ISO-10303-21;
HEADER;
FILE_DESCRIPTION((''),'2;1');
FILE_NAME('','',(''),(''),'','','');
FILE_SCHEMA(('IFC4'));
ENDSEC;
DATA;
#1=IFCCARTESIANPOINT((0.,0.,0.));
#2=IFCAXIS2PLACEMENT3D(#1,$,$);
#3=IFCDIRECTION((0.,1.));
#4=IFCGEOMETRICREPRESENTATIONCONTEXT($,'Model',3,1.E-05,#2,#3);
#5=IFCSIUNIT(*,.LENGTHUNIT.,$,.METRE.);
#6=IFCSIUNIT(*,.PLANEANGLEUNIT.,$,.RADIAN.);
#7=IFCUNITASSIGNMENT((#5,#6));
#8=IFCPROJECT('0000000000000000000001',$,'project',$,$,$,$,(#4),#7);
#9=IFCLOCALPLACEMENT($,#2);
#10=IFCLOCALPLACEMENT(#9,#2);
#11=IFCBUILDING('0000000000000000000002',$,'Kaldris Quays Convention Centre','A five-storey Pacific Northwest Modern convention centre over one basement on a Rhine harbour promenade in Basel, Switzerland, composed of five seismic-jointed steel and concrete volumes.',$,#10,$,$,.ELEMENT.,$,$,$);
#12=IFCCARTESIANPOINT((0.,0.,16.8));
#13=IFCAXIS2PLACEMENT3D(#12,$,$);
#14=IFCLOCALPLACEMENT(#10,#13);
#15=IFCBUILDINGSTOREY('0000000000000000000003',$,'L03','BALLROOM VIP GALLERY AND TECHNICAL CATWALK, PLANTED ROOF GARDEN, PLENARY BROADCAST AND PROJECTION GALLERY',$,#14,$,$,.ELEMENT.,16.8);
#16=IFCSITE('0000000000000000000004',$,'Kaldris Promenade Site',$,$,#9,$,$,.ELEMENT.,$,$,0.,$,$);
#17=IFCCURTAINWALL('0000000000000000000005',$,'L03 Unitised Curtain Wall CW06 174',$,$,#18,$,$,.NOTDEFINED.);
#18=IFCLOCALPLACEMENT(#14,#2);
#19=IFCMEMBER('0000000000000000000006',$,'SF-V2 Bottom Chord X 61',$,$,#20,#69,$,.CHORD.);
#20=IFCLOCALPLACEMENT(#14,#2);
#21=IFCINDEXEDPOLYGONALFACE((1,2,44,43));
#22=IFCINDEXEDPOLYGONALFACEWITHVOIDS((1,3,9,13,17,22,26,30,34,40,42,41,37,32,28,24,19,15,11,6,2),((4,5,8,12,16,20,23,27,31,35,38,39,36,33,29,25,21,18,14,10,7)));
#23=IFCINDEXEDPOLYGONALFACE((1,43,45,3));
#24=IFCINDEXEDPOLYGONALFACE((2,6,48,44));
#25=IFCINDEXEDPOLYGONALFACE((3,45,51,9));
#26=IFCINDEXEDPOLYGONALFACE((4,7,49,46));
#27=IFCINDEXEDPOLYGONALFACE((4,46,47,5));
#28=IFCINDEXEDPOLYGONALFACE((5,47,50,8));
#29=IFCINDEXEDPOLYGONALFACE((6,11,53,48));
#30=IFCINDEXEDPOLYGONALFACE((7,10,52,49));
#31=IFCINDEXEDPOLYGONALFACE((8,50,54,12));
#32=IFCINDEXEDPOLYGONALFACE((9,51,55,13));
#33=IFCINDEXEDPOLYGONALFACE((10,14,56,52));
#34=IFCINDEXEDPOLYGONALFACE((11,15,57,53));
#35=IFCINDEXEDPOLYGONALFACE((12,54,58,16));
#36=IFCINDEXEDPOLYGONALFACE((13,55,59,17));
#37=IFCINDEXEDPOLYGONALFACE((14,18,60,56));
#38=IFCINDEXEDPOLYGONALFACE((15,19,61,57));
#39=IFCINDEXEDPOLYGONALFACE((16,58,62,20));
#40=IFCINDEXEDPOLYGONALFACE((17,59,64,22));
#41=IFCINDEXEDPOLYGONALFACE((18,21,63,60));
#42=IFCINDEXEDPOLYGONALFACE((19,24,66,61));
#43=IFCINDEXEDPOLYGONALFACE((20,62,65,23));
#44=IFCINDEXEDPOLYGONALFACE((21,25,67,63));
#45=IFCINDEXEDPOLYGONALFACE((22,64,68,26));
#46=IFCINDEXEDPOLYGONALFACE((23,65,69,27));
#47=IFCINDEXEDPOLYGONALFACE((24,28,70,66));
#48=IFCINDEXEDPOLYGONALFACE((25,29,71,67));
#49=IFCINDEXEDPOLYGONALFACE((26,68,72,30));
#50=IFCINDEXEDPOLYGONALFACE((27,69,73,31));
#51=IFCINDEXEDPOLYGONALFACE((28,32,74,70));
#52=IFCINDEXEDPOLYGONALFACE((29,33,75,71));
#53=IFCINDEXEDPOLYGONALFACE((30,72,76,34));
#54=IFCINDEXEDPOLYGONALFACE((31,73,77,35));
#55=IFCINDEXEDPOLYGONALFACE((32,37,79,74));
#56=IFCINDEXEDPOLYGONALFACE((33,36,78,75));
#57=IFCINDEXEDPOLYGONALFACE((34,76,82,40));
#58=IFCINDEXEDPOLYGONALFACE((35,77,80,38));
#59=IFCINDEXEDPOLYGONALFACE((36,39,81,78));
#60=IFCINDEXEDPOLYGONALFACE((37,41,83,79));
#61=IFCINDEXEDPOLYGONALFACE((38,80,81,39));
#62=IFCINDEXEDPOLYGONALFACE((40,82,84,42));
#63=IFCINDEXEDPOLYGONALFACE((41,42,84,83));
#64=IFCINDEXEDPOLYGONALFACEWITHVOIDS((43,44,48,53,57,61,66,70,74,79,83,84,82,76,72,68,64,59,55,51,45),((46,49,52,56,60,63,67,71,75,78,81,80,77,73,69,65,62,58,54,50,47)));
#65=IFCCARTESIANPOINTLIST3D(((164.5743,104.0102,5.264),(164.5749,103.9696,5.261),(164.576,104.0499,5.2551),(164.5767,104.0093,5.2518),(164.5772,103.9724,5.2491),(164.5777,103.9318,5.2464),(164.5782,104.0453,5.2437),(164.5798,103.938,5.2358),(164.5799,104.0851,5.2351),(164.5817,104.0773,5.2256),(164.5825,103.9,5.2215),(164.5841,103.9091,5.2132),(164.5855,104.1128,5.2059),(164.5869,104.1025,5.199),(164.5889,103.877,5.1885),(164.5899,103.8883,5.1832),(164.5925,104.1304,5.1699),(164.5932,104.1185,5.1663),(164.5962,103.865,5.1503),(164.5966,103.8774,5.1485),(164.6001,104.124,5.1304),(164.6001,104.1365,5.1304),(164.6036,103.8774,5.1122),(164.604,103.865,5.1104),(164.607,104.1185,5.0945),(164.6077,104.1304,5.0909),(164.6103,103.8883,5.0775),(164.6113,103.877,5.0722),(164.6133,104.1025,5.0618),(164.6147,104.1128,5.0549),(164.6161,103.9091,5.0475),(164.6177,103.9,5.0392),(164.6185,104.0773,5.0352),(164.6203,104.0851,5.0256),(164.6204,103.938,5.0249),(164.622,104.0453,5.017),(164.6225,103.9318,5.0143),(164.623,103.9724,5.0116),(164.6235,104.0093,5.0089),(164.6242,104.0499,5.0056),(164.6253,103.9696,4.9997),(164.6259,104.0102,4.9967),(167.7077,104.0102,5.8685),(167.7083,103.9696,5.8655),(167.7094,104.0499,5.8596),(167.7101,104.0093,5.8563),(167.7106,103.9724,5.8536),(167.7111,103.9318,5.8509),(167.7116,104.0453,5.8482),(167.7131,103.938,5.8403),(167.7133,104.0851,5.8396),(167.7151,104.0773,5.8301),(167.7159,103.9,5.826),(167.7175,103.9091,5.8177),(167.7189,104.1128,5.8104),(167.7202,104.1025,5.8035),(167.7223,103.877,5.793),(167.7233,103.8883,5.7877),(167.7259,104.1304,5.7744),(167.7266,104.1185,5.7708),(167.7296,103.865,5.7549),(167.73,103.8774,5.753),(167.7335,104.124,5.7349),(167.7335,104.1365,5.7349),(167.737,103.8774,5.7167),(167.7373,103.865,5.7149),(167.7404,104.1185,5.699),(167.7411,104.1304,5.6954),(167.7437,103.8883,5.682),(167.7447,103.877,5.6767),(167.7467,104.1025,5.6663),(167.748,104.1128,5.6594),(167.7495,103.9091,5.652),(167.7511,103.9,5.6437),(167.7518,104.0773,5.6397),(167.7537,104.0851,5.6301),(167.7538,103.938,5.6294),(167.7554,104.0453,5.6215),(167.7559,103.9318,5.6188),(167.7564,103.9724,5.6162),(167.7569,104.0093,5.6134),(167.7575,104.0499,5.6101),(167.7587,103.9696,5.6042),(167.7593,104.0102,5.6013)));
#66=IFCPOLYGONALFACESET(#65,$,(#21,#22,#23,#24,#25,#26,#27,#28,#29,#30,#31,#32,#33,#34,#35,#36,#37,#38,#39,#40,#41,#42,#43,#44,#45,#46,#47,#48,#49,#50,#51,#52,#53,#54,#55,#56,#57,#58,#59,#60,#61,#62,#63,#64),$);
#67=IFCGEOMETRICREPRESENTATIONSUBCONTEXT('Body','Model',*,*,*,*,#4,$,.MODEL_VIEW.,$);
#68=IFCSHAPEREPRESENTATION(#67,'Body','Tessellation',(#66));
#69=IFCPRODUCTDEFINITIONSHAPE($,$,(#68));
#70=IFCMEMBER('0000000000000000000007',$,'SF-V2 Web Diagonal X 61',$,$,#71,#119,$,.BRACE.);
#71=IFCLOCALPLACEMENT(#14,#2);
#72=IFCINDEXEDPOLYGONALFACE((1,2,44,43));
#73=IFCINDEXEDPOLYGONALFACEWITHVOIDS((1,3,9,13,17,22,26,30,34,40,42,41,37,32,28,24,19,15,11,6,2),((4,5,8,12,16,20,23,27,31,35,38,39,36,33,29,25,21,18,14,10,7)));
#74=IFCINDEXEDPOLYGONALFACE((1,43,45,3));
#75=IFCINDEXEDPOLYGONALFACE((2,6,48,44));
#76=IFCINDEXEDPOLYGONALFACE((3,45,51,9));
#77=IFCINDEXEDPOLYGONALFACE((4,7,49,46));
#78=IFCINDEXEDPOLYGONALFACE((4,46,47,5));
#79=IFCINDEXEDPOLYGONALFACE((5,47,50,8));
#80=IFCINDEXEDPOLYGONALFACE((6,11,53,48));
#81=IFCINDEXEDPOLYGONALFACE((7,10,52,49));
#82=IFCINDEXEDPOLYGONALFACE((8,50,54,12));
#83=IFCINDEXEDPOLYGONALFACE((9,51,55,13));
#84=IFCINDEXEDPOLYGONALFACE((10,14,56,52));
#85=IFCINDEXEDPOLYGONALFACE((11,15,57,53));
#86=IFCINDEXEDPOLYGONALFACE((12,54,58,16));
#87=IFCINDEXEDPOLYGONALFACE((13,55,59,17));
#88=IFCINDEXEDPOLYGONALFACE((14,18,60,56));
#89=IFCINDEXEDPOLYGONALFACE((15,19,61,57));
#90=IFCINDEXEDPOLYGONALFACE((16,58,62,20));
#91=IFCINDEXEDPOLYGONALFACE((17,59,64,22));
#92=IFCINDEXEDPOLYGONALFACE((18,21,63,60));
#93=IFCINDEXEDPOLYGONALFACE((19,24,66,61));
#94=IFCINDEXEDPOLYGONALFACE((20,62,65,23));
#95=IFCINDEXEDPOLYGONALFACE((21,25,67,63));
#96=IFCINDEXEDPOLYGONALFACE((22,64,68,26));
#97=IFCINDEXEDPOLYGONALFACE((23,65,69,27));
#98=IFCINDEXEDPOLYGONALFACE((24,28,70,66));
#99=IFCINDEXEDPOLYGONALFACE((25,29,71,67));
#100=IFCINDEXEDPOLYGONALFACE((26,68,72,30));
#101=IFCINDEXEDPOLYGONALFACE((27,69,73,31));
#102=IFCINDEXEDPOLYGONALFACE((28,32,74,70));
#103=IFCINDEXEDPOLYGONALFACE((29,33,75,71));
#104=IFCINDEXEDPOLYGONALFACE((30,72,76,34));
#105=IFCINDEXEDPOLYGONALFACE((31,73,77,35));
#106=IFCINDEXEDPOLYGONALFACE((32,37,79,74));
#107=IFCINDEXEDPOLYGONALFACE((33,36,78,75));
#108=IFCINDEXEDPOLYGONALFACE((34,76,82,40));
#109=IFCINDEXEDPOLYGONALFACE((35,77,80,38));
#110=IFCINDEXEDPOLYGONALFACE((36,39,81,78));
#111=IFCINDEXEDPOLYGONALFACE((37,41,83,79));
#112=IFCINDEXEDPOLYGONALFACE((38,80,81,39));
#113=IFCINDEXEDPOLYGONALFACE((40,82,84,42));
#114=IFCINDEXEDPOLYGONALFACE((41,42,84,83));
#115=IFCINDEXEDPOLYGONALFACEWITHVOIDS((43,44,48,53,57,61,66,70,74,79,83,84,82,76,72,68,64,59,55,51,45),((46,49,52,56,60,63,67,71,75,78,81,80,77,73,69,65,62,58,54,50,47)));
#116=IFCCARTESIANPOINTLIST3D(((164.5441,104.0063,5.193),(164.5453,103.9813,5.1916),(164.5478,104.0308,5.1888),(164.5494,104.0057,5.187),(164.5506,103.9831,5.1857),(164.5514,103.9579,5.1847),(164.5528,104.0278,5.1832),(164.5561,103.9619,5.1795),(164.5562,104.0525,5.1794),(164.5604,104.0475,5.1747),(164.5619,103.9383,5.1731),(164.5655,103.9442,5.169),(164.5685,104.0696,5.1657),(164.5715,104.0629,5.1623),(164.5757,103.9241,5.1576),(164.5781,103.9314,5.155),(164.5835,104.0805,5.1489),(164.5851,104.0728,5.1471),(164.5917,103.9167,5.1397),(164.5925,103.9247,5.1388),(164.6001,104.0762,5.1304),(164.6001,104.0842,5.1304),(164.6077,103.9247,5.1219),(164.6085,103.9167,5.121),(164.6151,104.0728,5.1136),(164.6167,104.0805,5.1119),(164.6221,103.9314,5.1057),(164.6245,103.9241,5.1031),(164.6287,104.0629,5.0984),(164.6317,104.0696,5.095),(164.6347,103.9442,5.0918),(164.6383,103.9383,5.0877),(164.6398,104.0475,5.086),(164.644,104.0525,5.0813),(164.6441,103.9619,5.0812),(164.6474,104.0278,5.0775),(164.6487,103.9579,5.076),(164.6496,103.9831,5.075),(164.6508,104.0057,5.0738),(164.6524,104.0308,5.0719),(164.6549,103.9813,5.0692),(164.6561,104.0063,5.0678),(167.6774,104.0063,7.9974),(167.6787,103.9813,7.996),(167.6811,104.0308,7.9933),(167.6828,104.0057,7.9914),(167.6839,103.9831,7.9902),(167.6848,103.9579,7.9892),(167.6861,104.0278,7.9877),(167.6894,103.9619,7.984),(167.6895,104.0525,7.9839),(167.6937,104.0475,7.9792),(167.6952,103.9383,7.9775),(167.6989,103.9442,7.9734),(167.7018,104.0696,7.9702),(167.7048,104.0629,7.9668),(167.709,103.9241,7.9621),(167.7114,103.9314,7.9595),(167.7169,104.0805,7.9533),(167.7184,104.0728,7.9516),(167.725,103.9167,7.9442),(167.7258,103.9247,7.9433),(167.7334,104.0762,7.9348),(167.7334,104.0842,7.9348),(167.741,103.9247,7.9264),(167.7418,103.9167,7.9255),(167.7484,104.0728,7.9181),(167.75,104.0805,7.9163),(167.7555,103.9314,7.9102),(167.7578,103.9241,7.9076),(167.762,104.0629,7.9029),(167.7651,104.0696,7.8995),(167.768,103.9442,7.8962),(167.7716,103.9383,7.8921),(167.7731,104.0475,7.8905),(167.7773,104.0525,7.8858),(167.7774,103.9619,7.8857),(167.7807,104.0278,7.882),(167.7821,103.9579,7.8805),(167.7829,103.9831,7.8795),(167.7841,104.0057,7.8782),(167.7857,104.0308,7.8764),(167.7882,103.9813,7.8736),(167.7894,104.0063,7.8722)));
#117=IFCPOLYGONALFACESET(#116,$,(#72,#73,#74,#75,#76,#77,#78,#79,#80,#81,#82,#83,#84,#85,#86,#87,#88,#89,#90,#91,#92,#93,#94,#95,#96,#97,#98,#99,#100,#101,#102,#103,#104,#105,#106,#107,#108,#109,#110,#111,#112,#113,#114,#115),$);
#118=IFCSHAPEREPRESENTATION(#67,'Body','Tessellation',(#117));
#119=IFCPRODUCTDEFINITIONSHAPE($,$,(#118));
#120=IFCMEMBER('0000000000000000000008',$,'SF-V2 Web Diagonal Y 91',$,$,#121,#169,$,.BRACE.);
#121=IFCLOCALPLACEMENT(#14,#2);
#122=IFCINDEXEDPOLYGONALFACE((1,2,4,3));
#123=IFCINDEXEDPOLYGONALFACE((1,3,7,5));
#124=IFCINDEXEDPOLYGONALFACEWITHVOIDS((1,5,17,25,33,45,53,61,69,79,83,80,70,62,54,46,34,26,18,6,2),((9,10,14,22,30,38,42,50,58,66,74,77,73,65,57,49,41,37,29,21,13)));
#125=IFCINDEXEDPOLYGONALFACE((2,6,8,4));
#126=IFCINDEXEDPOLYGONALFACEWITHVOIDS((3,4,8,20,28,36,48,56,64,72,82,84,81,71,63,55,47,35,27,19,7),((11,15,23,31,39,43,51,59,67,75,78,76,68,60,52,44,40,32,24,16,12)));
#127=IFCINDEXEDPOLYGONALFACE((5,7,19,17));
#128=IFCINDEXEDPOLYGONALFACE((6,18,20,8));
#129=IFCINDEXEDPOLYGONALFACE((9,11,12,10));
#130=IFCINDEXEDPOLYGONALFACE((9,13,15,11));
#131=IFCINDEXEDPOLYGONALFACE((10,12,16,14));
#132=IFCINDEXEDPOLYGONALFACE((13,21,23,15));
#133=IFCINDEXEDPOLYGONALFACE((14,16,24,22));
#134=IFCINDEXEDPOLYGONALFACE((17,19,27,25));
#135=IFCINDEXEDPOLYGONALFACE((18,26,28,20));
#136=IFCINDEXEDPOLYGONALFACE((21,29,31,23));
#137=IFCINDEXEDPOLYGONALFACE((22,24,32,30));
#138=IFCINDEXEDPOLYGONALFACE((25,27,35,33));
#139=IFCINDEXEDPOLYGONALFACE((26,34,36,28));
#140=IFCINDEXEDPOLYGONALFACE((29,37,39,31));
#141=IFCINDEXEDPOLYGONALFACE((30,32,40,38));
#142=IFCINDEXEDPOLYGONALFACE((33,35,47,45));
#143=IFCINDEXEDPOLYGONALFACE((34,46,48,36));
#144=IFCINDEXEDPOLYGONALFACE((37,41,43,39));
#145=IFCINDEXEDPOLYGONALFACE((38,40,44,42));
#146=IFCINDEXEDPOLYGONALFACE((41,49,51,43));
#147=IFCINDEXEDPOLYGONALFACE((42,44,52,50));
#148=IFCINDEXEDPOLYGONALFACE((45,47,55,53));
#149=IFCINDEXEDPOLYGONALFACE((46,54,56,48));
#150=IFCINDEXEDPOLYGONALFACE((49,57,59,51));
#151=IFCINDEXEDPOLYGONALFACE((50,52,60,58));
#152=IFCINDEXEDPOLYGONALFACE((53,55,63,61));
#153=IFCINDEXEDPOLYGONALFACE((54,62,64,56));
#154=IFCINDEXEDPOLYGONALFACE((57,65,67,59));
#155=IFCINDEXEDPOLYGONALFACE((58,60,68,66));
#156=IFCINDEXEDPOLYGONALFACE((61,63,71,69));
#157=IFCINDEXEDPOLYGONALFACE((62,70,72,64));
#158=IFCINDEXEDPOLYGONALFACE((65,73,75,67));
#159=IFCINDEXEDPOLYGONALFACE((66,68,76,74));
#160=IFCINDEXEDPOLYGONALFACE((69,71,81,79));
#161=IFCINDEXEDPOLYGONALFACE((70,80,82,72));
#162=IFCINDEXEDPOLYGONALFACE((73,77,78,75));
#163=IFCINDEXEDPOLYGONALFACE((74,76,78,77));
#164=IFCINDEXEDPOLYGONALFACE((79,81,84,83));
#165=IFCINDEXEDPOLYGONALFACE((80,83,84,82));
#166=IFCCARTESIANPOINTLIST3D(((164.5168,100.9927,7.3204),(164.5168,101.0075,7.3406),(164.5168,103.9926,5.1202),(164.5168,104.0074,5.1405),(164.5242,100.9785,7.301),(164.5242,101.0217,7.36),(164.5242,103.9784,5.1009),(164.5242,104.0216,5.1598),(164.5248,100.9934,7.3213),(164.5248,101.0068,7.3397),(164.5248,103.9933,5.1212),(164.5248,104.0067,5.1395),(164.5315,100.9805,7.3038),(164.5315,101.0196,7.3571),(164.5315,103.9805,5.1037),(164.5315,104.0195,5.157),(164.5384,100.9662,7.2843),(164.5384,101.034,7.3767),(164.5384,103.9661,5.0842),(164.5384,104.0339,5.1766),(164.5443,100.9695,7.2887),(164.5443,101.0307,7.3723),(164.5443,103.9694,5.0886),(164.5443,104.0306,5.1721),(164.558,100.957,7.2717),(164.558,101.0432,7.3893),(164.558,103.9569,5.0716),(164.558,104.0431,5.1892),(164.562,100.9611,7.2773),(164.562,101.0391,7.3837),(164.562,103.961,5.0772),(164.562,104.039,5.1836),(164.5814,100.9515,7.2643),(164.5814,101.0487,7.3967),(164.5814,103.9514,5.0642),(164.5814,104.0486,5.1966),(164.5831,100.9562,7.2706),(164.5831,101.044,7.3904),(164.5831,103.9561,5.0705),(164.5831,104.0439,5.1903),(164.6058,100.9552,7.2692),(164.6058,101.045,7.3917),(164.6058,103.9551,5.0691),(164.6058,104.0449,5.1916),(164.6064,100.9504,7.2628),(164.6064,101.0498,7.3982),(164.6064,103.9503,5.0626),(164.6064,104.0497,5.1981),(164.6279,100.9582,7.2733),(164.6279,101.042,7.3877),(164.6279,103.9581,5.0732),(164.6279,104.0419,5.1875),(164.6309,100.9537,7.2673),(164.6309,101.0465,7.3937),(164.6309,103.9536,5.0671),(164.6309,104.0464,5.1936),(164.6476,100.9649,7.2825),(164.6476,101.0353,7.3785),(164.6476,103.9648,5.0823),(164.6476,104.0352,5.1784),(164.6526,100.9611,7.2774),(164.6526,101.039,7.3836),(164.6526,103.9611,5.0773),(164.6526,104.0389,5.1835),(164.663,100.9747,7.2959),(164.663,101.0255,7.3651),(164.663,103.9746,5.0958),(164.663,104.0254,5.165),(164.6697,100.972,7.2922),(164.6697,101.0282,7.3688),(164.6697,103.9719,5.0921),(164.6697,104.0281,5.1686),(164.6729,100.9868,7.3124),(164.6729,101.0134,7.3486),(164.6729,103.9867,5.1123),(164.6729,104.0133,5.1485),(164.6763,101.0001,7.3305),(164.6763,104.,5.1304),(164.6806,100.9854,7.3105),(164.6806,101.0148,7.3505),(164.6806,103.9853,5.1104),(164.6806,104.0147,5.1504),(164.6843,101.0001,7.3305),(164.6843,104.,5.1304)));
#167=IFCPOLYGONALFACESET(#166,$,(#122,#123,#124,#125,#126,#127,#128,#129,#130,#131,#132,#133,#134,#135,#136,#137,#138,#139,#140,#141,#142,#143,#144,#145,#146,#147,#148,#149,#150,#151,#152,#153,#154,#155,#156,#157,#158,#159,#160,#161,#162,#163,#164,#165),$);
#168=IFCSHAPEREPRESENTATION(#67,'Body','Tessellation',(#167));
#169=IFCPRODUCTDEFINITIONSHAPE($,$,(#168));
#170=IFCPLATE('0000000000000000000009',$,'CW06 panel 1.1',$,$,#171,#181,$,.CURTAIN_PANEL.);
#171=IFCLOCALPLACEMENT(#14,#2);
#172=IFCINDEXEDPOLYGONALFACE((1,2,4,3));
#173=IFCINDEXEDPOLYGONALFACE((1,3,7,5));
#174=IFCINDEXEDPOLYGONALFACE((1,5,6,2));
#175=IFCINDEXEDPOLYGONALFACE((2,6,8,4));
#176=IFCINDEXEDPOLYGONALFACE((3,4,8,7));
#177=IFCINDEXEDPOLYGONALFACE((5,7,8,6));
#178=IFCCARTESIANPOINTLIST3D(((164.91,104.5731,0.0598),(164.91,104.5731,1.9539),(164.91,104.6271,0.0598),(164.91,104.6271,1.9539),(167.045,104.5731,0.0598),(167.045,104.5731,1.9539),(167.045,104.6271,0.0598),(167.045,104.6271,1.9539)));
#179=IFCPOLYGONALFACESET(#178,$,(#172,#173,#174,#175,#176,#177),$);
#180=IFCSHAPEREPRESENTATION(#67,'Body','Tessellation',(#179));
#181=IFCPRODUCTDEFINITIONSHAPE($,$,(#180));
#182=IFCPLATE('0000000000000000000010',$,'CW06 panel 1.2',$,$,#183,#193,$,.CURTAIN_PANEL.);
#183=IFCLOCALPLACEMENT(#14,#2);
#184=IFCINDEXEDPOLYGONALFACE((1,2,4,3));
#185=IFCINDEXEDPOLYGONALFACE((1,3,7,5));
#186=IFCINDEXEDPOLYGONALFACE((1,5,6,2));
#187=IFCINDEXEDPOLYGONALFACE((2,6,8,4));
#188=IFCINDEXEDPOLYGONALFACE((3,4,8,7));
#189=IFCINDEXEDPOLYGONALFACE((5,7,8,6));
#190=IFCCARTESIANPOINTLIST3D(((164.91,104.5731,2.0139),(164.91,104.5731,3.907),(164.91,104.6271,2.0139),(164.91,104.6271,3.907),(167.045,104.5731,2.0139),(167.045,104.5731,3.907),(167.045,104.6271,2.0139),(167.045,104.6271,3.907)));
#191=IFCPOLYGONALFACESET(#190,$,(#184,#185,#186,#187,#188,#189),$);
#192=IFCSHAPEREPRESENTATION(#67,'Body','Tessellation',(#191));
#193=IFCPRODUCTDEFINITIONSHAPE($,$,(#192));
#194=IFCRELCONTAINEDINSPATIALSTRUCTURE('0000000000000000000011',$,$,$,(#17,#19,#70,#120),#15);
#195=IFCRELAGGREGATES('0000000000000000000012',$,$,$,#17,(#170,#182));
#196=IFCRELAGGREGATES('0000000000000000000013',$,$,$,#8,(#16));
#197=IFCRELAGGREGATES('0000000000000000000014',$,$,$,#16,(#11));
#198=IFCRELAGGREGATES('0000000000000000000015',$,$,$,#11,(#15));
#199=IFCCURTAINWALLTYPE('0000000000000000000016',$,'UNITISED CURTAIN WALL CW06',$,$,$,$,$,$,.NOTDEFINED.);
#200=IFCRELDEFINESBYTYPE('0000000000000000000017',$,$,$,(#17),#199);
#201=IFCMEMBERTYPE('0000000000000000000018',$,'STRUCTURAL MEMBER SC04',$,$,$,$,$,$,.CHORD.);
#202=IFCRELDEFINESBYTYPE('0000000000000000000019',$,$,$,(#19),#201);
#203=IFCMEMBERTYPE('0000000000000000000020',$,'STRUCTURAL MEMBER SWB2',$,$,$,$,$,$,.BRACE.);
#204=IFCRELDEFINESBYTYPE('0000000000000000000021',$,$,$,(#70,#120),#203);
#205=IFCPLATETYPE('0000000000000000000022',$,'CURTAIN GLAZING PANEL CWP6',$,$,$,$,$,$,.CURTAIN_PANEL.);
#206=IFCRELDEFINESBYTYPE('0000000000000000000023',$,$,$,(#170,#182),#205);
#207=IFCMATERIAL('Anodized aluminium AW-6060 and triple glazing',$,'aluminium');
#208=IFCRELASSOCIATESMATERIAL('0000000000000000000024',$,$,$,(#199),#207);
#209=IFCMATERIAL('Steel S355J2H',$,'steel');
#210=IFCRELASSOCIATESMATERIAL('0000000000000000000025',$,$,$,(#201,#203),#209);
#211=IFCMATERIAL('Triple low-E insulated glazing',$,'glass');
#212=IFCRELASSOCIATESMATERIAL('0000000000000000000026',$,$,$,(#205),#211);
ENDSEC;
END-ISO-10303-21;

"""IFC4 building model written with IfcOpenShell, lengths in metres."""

from ifc_helpers import new_model, si_unit, direction, frame, origin, origin_2d, place, context, subcontext, project, spatial, rectangle, hollow_circle, extrude, material, material_profile, profile_set, type_object, element, aggregate, save


model = new_model("IFC4")

# Units and contexts
model_context = context("Model", 3, precision=1e-05, world=origin(), true_north=direction((0.0, 1.0)))
body_context = subcontext(model_context, "Body", "Model", "MODEL_VIEW")
ifc_project = project(units=[si_unit("LENGTHUNIT", "METRE"), si_unit("PLANEANGLEUNIT", "RADIAN")], contexts=[model_context])

# Site, building, storey
site_placement = place(None, origin())
site = spatial("IfcSite", under=ifc_project, at=site_placement, Name="Kaldris Promenade Site", CompositionType="ELEMENT", RefElevation=0.0)
building_placement = place(site_placement, origin())
building = spatial("IfcBuilding", under=site, at=building_placement, Name="Kaldris Quays Convention Centre", Description="A five-storey Pacific Northwest Modern convention centre over one basement on a Rhine harbour promenade in Basel, Switzerland, composed of five seismic-jointed steel and concrete volumes.", CompositionType="ELEMENT")
storey_placement = place(building_placement, frame((0.0, 0.0, 16.8)))
storey = spatial("IfcBuildingStorey", under=building, at=storey_placement, Name="L03", Description="BALLROOM VIP GALLERY AND TECHNICAL CATWALK, PLANTED ROOF GARDEN, PLENARY BROADCAST AND PROJECTION GALLERY", CompositionType="ELEMENT", Elevation=16.8)

# Curtain wall
ifc_material_1 = material(Name="Anodized aluminium AW-6060 and triple glazing", Category="aluminium")
curtain_wall_type_1 = type_object("IfcCurtainWallType", Name="UNITISED CURTAIN WALL CW06", PredefinedType="NOTDEFINED", material=ifc_material_1)
curtain_wall_1_placement = place(storey_placement, origin())
curtain_wall_1 = element("IfcCurtainWall", 1, at=curtain_wall_1_placement, inside=storey, type_object=curtain_wall_type_1, Name="L03 Unitised Curtain Wall CW06 174", PredefinedType="NOTDEFINED")

# Members
ifc_material_2 = material(Name="Steel S355J2H", Category="steel")
ifc_material_profile_1 = material_profile(ifc_material_2, hollow_circle(Radius=0.1365, WallThickness=0.0125, at=origin_2d()), Name="CHS 273x12.5")
ifc_profile_set_1 = profile_set([ifc_material_profile_1], Name="Steel S355J2H")
member_type_1 = type_object("IfcMemberType", Name="STRUCTURAL MEMBER SC04", PredefinedType="CHORD", material=ifc_profile_set_1)
member_1_placement = place(storey_placement, frame((164.6001, 104.0, 5.1304), z_axis=(0.981894, 0.0, 0.189432), x_axis=(0.0, 1.0, 0.0)))
element("IfcMember", 2, at=member_1_placement, inside=storey, type_object=member_type_1, Name="SF-V2 Bottom Chord X 61", PredefinedType="CHORD", context=body_context, shape_type="SweptSolid", body=[
    extrude(hollow_circle(Radius=0.1365, WallThickness=0.0125, at=origin_2d()), origin(), (0.0, 0.0, 1.0), 3.1912),
])
ifc_material_profile_2 = material_profile(ifc_material_2, hollow_circle(Radius=0.0842, WallThickness=0.0081, at=origin_2d()), Name="CHS 168.3x8")
ifc_profile_set_2 = profile_set([ifc_material_profile_2], Name="Steel S355J2H")
member_type_2 = type_object("IfcMemberType", Name="STRUCTURAL MEMBER SWB2", PredefinedType="BRACE", material=ifc_profile_set_2)
member_2_placement = place(storey_placement, frame((164.6001, 104.0, 5.1304), z_axis=(0.745127, 0.0, 0.666922), x_axis=(0.0, 1.0, 0.0)))
element("IfcMember", 3, at=member_2_placement, inside=storey, type_object=member_type_2, Name="SF-V2 Web Diagonal X 61", PredefinedType="BRACE", context=body_context, shape_type="SweptSolid", body=[
    extrude(hollow_circle(Radius=0.0842, WallThickness=0.0081, at=origin_2d()), origin(), (0.0, 0.0, 1.0), 4.2051),
])
member_3_placement = place(storey_placement, frame((164.6001, 104.0, 5.1304), z_axis=(0.0, -0.80638, 0.591398), x_axis=(1.0, 0.0, 0.0)))
element("IfcMember", 4, at=member_3_placement, inside=storey, type_object=member_type_2, Name="SF-V2 Web Diagonal Y 91", PredefinedType="BRACE", context=body_context, shape_type="SweptSolid", body=[
    extrude(hollow_circle(Radius=0.0842, WallThickness=0.0081, at=origin_2d()), origin(), (0.0, 0.0, 1.0), 3.7202),
])

# Plates
ifc_material_3 = material(Name="Triple low-E insulated glazing", Category="glass")
plate_type = type_object("IfcPlateType", Name="CURTAIN GLAZING PANEL CWP6", PredefinedType="CURTAIN_PANEL", material=ifc_material_3)
plate_1_placement = place(storey_placement, frame((165.9775, 104.6001, 0.0598), z_axis=(0.0, 0.0, 1.0), x_axis=(1.0, 0.0, 0.0)))
plate_1 = element("IfcPlate", 5, at=plate_1_placement, type_object=plate_type, Name="CW06 panel 1.1", PredefinedType="CURTAIN_PANEL", context=body_context, shape_type="SweptSolid", body=[
    extrude(rectangle(XDim=2.135, YDim=0.054, at=origin_2d()), origin(), (0.0, 0.0, 1.0), 1.894),
])
plate_2_placement = place(storey_placement, frame((165.9775, 104.6001, 2.0139), z_axis=(0.0, 0.0, 1.0), x_axis=(1.0, 0.0, 0.0)))
plate_2 = element("IfcPlate", 6, at=plate_2_placement, type_object=plate_type, Name="CW06 panel 1.2", PredefinedType="CURTAIN_PANEL", context=body_context, shape_type="SweptSolid", body=[
    extrude(rectangle(XDim=2.135, YDim=0.054, at=origin_2d()), origin(), (0.0, 0.0, 1.0), 1.8931),
])
aggregate(curtain_wall_1, [plate_1, plate_2])

save(model, "model.ifc")
